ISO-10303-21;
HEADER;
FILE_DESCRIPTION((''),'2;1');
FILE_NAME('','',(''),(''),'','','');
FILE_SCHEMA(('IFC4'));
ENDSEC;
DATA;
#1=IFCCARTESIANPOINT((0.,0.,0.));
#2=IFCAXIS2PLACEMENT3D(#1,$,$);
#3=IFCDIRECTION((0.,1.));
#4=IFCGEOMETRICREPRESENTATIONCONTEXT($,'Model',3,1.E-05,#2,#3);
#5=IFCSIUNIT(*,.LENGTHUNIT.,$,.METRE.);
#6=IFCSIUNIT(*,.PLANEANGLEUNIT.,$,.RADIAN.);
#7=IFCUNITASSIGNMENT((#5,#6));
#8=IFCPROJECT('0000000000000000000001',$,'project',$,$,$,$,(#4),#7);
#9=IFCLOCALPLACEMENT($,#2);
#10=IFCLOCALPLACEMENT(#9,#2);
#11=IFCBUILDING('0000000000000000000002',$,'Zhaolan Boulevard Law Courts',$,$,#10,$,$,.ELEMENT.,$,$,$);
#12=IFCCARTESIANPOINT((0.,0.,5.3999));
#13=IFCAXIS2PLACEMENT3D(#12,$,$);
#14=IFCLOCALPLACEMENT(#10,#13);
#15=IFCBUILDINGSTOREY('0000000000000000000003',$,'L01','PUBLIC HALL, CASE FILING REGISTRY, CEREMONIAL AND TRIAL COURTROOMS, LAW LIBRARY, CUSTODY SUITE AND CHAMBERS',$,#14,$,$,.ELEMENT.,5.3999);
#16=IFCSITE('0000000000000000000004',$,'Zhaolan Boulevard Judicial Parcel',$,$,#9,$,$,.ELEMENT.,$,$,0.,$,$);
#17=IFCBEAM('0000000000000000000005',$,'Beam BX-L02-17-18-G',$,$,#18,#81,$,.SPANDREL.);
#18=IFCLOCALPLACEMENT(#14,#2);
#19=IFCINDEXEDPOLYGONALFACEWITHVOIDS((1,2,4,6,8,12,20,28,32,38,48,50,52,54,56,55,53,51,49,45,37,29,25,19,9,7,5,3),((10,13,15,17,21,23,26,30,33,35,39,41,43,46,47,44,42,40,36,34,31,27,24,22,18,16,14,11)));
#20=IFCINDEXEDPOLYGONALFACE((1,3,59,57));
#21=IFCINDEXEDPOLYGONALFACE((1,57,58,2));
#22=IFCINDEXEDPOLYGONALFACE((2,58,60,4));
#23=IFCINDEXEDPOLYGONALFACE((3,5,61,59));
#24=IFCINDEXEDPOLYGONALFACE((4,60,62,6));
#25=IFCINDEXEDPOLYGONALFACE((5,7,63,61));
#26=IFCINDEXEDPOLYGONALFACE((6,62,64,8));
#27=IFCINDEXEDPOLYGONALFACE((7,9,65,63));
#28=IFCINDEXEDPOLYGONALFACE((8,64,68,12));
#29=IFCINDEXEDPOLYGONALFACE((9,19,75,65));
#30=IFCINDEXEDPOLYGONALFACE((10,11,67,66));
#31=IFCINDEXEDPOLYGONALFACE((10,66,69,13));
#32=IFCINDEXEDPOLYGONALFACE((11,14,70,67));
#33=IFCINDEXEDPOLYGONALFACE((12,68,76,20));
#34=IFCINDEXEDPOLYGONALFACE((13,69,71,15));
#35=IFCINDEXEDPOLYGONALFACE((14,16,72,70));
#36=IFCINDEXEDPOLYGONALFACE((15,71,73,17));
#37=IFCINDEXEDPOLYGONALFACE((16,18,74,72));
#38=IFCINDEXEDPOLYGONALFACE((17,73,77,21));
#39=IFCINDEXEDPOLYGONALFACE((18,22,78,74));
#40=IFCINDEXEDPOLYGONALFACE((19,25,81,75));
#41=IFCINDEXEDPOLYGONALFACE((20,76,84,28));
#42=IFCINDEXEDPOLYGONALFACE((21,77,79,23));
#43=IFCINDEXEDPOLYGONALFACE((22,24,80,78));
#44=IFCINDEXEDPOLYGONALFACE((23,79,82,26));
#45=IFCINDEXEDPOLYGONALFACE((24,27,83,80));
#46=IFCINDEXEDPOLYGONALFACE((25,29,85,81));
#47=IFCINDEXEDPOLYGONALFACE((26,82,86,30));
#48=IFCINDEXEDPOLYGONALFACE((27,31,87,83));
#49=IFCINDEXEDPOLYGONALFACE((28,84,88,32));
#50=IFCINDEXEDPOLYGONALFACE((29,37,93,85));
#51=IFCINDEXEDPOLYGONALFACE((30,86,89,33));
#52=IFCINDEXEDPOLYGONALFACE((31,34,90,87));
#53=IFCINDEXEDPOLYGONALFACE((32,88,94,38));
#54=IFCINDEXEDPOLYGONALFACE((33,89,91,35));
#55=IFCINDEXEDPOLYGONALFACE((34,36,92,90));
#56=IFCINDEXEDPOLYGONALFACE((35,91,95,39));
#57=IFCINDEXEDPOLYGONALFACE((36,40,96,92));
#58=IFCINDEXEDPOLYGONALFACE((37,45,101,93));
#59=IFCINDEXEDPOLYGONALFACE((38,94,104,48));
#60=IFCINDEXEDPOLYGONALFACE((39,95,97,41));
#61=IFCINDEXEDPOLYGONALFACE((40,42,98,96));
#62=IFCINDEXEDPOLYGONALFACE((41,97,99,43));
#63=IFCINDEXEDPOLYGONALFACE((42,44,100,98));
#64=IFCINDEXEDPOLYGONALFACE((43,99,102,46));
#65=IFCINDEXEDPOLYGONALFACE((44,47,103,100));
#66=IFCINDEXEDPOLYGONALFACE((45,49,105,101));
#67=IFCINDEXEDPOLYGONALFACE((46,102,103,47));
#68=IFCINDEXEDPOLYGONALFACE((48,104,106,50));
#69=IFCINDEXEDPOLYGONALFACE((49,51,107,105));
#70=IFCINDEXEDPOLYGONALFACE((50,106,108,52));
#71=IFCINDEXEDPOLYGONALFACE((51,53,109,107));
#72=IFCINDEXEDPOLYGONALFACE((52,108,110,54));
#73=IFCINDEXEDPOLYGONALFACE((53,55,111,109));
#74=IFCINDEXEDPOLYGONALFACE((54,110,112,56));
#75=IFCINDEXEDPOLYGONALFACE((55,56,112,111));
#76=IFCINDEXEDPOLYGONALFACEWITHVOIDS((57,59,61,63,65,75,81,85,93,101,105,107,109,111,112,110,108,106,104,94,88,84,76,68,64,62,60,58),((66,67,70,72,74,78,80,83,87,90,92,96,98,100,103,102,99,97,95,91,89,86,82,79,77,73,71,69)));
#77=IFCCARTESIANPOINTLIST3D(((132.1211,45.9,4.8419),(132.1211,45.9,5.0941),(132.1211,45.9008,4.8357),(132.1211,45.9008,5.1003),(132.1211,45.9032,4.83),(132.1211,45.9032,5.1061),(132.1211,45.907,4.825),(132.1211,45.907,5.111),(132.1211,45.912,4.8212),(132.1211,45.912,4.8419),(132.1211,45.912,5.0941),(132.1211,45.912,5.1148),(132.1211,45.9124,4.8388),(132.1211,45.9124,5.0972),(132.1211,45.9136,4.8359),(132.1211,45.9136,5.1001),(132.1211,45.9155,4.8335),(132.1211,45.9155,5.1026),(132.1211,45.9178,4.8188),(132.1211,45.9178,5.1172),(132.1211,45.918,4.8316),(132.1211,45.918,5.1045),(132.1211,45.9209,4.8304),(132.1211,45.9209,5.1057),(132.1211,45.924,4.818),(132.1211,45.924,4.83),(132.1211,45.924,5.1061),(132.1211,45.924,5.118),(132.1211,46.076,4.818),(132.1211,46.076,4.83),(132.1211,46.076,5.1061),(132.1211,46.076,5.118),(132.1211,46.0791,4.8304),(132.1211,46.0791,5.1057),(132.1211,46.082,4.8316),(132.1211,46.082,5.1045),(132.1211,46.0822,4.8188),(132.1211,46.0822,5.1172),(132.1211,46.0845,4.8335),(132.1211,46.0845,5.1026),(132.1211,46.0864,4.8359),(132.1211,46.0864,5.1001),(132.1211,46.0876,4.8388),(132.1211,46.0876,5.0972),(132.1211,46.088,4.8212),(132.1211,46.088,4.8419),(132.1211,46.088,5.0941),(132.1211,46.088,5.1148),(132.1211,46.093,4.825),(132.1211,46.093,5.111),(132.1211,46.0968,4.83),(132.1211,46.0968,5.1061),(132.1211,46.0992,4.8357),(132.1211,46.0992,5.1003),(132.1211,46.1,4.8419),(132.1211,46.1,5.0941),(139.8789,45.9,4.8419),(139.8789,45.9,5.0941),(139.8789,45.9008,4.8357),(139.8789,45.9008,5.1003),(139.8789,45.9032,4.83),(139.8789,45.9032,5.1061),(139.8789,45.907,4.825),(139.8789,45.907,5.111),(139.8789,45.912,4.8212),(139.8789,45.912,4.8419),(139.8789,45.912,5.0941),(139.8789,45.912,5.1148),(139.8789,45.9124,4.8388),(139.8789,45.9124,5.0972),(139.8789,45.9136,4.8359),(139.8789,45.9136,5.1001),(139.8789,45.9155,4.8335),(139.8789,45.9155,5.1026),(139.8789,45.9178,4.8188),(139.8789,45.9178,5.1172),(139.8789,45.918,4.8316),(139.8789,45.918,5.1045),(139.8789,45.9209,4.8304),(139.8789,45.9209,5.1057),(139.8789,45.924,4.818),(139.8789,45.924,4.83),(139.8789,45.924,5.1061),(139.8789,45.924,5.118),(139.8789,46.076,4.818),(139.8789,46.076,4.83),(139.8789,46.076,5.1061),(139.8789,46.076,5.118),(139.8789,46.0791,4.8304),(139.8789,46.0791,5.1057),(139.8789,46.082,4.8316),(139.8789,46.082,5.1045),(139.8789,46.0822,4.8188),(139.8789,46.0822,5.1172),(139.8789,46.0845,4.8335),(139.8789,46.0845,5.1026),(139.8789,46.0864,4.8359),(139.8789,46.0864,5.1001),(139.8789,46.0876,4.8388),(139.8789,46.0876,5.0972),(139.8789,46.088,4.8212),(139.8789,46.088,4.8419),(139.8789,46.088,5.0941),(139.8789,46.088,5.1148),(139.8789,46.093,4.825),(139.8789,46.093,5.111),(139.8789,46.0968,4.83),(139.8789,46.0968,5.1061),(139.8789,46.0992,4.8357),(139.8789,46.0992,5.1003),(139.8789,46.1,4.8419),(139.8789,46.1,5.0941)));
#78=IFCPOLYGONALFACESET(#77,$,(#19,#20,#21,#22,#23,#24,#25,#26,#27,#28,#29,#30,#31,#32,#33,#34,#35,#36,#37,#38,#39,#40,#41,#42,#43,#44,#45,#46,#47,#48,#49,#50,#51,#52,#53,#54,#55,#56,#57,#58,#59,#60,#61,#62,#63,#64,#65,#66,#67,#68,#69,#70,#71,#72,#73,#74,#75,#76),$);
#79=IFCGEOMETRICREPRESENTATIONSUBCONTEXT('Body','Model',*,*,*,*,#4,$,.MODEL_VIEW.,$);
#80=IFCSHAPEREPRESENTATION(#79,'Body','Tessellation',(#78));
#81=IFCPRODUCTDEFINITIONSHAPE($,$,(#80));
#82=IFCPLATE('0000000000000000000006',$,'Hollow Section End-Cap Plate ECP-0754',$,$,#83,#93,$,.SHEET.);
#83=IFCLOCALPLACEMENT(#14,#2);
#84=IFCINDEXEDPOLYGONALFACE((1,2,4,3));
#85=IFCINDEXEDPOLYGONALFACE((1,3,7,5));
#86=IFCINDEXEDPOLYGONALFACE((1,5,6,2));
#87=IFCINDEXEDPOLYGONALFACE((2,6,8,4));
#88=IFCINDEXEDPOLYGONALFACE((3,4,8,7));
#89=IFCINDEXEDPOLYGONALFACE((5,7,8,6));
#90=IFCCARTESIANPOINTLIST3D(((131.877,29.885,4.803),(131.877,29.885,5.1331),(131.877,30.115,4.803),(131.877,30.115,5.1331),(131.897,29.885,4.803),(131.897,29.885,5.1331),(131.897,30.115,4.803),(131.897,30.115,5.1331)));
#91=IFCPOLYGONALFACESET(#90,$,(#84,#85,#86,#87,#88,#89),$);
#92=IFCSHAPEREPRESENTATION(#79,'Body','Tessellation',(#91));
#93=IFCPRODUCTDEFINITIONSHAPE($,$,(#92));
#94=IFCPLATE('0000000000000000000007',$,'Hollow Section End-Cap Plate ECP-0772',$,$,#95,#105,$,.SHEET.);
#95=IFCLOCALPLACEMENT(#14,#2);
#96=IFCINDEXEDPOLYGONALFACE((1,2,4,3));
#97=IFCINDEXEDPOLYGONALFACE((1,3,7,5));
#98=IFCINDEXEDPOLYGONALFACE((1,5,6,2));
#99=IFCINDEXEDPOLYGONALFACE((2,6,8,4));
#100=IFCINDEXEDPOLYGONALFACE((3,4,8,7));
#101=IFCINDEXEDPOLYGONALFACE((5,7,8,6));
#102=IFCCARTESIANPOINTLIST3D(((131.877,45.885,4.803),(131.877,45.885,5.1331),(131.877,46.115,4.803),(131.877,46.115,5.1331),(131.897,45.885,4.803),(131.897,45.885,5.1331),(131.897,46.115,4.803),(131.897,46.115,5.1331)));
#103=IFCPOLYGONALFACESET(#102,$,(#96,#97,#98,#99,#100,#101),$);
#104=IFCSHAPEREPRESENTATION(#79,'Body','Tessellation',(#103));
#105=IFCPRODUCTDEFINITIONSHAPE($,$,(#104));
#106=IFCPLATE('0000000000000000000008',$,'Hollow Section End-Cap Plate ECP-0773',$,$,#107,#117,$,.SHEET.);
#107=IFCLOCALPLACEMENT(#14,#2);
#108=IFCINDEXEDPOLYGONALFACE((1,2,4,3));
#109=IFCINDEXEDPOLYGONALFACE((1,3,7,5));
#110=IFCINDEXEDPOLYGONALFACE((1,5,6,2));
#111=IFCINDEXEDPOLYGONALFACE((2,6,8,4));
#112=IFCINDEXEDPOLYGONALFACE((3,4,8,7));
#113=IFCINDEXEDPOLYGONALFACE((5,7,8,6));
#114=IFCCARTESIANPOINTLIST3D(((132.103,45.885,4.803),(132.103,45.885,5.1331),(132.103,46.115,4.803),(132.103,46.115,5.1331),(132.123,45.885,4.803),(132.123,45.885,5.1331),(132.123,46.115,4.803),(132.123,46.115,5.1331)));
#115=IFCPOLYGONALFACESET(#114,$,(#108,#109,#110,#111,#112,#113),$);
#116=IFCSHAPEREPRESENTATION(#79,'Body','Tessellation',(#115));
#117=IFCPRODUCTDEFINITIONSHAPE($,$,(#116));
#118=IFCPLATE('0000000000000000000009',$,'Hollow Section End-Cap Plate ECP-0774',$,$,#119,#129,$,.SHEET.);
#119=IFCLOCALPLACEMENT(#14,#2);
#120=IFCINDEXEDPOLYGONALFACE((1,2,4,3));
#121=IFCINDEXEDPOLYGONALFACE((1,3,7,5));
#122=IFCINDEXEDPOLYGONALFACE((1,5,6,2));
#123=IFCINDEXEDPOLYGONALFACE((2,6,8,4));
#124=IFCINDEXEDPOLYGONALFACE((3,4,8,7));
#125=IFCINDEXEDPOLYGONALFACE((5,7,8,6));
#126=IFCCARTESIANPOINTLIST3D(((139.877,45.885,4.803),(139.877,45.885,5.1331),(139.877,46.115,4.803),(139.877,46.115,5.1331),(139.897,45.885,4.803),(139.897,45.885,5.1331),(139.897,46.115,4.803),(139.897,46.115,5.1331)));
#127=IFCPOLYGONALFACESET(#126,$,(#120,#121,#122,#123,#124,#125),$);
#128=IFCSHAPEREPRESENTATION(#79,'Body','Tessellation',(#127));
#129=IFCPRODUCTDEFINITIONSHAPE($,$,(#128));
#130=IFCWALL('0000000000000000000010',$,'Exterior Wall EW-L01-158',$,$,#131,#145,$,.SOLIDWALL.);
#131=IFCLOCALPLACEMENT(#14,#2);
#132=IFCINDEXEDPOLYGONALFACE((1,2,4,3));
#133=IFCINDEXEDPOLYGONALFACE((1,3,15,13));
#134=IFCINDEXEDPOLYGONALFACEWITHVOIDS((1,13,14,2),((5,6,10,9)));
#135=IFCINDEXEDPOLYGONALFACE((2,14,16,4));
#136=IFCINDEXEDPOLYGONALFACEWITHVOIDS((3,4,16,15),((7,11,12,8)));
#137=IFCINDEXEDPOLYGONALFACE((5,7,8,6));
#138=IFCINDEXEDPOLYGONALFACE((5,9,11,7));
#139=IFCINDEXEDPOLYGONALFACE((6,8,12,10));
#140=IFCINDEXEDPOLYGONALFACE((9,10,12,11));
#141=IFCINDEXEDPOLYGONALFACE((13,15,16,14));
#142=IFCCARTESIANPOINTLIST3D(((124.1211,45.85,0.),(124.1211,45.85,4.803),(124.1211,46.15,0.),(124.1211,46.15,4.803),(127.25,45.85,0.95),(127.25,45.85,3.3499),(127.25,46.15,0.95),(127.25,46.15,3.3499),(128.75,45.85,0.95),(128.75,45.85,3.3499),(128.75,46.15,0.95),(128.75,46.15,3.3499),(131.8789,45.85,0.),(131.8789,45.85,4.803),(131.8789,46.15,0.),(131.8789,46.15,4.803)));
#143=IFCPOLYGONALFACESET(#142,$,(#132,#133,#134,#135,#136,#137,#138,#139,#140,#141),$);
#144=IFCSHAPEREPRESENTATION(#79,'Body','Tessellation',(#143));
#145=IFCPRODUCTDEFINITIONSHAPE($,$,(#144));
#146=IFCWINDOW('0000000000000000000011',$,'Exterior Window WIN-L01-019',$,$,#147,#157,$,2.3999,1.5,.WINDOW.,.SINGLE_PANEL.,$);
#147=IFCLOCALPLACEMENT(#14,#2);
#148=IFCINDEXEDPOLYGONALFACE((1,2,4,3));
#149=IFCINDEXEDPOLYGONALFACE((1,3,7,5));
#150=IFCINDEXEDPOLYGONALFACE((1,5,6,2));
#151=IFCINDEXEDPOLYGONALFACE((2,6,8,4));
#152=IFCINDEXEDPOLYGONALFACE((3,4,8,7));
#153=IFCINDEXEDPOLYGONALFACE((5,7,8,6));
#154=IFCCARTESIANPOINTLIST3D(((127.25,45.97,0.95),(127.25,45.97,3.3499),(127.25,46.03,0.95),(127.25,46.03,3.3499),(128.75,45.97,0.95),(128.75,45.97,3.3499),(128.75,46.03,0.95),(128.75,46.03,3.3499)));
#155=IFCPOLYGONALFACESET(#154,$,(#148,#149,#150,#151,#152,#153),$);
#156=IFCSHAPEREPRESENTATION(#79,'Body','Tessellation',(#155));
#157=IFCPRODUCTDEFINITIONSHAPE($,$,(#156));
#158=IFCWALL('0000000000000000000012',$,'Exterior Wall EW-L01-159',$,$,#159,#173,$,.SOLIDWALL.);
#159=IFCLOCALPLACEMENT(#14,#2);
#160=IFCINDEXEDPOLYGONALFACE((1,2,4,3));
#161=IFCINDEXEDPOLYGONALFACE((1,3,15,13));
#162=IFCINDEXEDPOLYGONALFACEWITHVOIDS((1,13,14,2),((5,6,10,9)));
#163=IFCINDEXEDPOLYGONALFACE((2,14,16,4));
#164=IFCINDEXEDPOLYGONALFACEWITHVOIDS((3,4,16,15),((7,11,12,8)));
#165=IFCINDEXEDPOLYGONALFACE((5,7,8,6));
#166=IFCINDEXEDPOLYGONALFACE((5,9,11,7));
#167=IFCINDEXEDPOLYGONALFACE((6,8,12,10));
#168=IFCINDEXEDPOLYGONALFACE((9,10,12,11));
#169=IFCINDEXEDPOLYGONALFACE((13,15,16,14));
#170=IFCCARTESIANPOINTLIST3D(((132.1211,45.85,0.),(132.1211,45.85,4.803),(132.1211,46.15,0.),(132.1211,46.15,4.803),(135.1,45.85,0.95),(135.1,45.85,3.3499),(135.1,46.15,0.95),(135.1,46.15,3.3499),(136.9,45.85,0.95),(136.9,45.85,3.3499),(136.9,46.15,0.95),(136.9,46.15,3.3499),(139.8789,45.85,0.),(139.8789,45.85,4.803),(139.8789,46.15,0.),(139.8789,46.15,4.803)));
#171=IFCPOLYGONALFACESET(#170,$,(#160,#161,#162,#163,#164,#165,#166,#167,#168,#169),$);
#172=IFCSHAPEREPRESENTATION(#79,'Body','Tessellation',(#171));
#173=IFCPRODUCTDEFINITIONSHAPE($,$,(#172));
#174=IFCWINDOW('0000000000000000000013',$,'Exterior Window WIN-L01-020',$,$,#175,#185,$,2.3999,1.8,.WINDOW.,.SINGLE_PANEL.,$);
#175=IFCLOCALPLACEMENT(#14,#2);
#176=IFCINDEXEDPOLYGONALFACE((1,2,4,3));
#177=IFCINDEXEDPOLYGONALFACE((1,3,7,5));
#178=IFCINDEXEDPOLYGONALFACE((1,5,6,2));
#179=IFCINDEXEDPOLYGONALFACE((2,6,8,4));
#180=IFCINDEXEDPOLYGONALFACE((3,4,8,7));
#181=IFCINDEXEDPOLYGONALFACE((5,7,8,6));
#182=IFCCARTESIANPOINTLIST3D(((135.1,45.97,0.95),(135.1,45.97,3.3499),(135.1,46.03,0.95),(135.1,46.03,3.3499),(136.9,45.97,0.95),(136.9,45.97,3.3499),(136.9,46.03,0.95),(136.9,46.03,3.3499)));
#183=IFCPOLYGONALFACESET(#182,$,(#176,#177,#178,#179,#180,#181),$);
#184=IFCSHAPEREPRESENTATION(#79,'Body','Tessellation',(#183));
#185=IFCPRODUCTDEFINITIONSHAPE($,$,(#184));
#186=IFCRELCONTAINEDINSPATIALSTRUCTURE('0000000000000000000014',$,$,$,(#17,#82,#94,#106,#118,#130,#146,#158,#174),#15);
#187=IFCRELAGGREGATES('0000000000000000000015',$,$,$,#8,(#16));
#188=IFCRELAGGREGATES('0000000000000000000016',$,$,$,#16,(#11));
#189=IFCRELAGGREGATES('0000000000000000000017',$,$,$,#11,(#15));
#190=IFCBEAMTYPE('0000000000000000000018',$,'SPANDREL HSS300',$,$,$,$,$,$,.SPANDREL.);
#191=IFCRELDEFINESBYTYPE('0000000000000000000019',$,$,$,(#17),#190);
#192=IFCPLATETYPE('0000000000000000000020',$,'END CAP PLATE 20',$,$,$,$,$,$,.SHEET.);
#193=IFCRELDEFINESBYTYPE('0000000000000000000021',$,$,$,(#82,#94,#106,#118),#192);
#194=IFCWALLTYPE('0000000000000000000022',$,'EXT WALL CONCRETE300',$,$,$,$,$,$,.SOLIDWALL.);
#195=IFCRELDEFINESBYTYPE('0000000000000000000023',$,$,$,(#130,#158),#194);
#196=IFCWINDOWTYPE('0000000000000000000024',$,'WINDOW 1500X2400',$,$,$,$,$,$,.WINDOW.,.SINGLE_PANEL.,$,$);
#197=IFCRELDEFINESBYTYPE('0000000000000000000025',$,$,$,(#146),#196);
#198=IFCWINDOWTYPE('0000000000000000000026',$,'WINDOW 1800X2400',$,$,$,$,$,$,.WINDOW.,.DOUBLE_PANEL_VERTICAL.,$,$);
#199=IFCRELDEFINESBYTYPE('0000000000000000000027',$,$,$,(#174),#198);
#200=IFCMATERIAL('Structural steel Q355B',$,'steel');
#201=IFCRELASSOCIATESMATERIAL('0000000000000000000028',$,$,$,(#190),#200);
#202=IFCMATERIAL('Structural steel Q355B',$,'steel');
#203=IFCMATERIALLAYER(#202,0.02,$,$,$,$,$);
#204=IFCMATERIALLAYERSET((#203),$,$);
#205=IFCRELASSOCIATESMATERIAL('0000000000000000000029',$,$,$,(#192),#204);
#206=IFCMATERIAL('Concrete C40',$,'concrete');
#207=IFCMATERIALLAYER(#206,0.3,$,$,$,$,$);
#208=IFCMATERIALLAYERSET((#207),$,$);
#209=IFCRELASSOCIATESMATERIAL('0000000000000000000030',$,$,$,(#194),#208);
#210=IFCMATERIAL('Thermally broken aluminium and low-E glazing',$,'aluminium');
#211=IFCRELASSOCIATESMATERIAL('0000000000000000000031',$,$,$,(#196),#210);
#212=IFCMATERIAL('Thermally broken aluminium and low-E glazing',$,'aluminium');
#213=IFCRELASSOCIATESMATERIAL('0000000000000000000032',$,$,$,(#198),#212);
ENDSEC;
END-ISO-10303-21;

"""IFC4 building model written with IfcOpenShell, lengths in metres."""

from ifc_helpers import new_model, si_unit, direction, frame, frame_2d, origin, origin_2d, place, context, subcontext, project, spatial, rectangle, hollow_rectangle, extrude, material, layer, layer_set, material_profile, profile_set, type_object, element, fill, save


model = new_model("IFC4")

# Units and contexts
model_context = context("Model", 3, precision=1e-05, world=origin(), true_north=direction((0.0, 1.0)))
body_context = subcontext(model_context, "Body", "Model", "MODEL_VIEW")
ifc_project = project(units=[si_unit("LENGTHUNIT", "METRE"), si_unit("PLANEANGLEUNIT", "RADIAN")], contexts=[model_context])

# Site, building, storey
site_placement = place(None, origin())
site = spatial("IfcSite", under=ifc_project, at=site_placement, Name="Zhaolan Boulevard Judicial Parcel", CompositionType="ELEMENT", RefElevation=0.0)
building_placement = place(site_placement, origin())
building = spatial("IfcBuilding", under=site, at=building_placement, Name="Zhaolan Boulevard Law Courts", CompositionType="ELEMENT")
storey_placement = place(building_placement, frame((0.0, 0.0, 5.3999)))
storey = spatial("IfcBuildingStorey", under=building, at=storey_placement, Name="L01", Description="PUBLIC HALL, CASE FILING REGISTRY, CEREMONIAL AND TRIAL COURTROOMS, LAW LIBRARY, CUSTODY SUITE AND CHAMBERS", CompositionType="ELEMENT", Elevation=5.3999)

# Beam
ifc_material_1 = material(Name="Structural steel Q355B", Category="steel")
ifc_material_profile_1 = material_profile(ifc_material_1, hollow_rectangle(XDim=0.2, YDim=0.3, WallThickness=0.012, InnerFilletRadius=0.012, OuterFilletRadius=0.0239, at=origin_2d()), Name="HSS300x200x12")
ifc_profile_set_1 = profile_set([ifc_material_profile_1], Name="Structural steel Q355B")
beam_type_1 = type_object("IfcBeamType", Name="SPANDREL HSS300", PredefinedType="SPANDREL", material=ifc_profile_set_1)
beam_1_placement = place(storey_placement, frame((132.1211, 46.0, 4.968), z_axis=(1.0, 0.0, 0.0), x_axis=(0.0, 1.0, 0.0)))
element("IfcBeam", 1, at=beam_1_placement, inside=storey, type_object=beam_type_1, Name="Beam BX-L02-17-18-G", PredefinedType="SPANDREL", context=body_context, shape_type="SweptSolid", body=[
    extrude(hollow_rectangle(XDim=0.2, YDim=0.3, WallThickness=0.012, InnerFilletRadius=0.012, OuterFilletRadius=0.0239, at=origin_2d()), origin(), (0.0, 0.0, 1.0), 7.7578),
])

# Plates
ifc_material_2 = material(Name="Structural steel Q355B", Category="steel")
ifc_layer_1 = layer(ifc_material_2, 0.02)
ifc_layer_set_1 = layer_set([ifc_layer_1])
plate_type = type_object("IfcPlateType", Name="END CAP PLATE 20", PredefinedType="SHEET", material=ifc_layer_set_1)
for number, where, z_axis, x_axis, name in (
    (2, (131.887, 30.0, 4.803), (0.0, 0.0, 1.0), (1.0, 0.0, 0.0), "Hollow Section End-Cap Plate ECP-0754"),
    (3, (131.887, 46.0, 4.803), (0.0, 0.0, 1.0), (1.0, 0.0, 0.0), "Hollow Section End-Cap Plate ECP-0772"),
    (4, (132.113, 46.0, 4.803), (0.0, 0.0, 1.0), (1.0, 0.0, 0.0), "Hollow Section End-Cap Plate ECP-0773"),
    (5, (139.887, 46.0, 4.803), (0.0, 0.0, 1.0), (1.0, 0.0, 0.0), "Hollow Section End-Cap Plate ECP-0774"),
):
    element("IfcPlate", number, at=place(storey_placement, frame(where, z_axis=z_axis, x_axis=x_axis)), inside=storey, type_object=plate_type, Name=name, PredefinedType="SHEET", context=body_context, shape_type="SweptSolid", body=[
        extrude(rectangle(XDim=0.02, YDim=0.23, at=origin_2d()), origin(), (0.0, 0.0, 1.0), 0.3301),
    ])

# Walls, openings, windows
ifc_material_3 = material(Name="Concrete C40", Category="concrete")
ifc_layer_2 = layer(ifc_material_3, 0.3)
ifc_layer_set_2 = layer_set([ifc_layer_2])
wall_type_1 = type_object("IfcWallType", Name="EXT WALL CONCRETE300", PredefinedType="SOLIDWALL", material=ifc_layer_set_2)
wall_1_placement = place(storey_placement, frame((131.8789, 46.0, 0.0), z_axis=(0.0, 0.0, 1.0), x_axis=(-1.0, 0.0, 0.0)))
wall_1 = element("IfcWall", 6, at=wall_1_placement, inside=storey, type_object=wall_type_1, Name="Exterior Wall EW-L01-158", PredefinedType="SOLIDWALL", context=body_context, shape_type="SweptSolid", body=[
    extrude(rectangle(XDim=7.7578, YDim=0.3, at=frame_2d((3.8789, 0.0))), origin(), (0.0, 0.0, 1.0), 4.803),
])
opening_1_placement = place(wall_1_placement, frame((3.1289, 0.0, 0.95)))
opening_1 = element("IfcOpeningElement", 7, at=opening_1_placement, cuts=wall_1, PredefinedType="OPENING", context=body_context, shape_type="SweptSolid", body=[
    extrude(rectangle(XDim=1.5, YDim=2.3999, at=frame_2d((0.75, 1.2))), frame((0.0, 0.1599, 0.0), z_axis=(0.0, -1.0, 0.0), x_axis=(1.0, 0.0, 0.0)), (0.0, 0.0, 1.0), 0.3201),
])
ifc_material_4 = material(Name="Thermally broken aluminium and low-E glazing", Category="aluminium")
window_type_1 = type_object("IfcWindowType", Name="WINDOW 1500X2400", PartitioningType="SINGLE_PANEL", PredefinedType="WINDOW", material=ifc_material_4)
window_1_placement = place(opening_1_placement, origin())
window_1 = element("IfcWindow", 8, at=window_1_placement, inside=storey, type_object=window_type_1, Name="Exterior Window WIN-L01-019", OverallHeight=2.3999, OverallWidth=1.5, PartitioningType="SINGLE_PANEL", PredefinedType="WINDOW", context=body_context, shape_type="SweptSolid", body=[
    extrude(rectangle(XDim=1.5, YDim=2.3999, at=frame_2d((0.75, 1.2))), frame((0.0, 0.03, 0.0), z_axis=(0.0, -1.0, 0.0), x_axis=(1.0, 0.0, 0.0)), (0.0, 0.0, 1.0), 0.0601),
])
fill(opening_1, window_1)
wall_2_placement = place(storey_placement, frame((139.8789, 46.0, 0.0), z_axis=(0.0, 0.0, 1.0), x_axis=(-1.0, 0.0, 0.0)))
wall_2 = element("IfcWall", 9, at=wall_2_placement, inside=storey, type_object=wall_type_1, Name="Exterior Wall EW-L01-159", PredefinedType="SOLIDWALL", context=body_context, shape_type="SweptSolid", body=[
    extrude(rectangle(XDim=7.7578, YDim=0.3, at=frame_2d((3.8789, 0.0))), origin(), (0.0, 0.0, 1.0), 4.803),
])
opening_2_placement = place(wall_2_placement, frame((2.979, 0.0, 0.95)))
opening_2 = element("IfcOpeningElement", 10, at=opening_2_placement, cuts=wall_2, PredefinedType="OPENING", context=body_context, shape_type="SweptSolid", body=[
    extrude(rectangle(XDim=1.8, YDim=2.3999, at=frame_2d((0.8999, 1.2))), frame((0.0, 0.1599, 0.0), z_axis=(0.0, -1.0, 0.0), x_axis=(1.0, 0.0, 0.0)), (0.0, 0.0, 1.0), 0.3201),
])
ifc_material_5 = material(Name="Thermally broken aluminium and low-E glazing", Category="aluminium")
window_type_2 = type_object("IfcWindowType", Name="WINDOW 1800X2400", PartitioningType="DOUBLE_PANEL_VERTICAL", PredefinedType="WINDOW", material=ifc_material_5)
window_2_placement = place(opening_2_placement, origin())
window_2 = element("IfcWindow", 11, at=window_2_placement, inside=storey, type_object=window_type_2, Name="Exterior Window WIN-L01-020", OverallHeight=2.3999, OverallWidth=1.8, PartitioningType="SINGLE_PANEL", PredefinedType="WINDOW", context=body_context, shape_type="SweptSolid", body=[
    extrude(rectangle(XDim=1.8, YDim=2.3999, at=frame_2d((0.8999, 1.2))), frame((0.0, 0.03, 0.0), z_axis=(0.0, -1.0, 0.0), x_axis=(1.0, 0.0, 0.0)), (0.0, 0.0, 1.0), 0.0601),
])
fill(opening_2, window_2)

save(model, "model.ifc")
